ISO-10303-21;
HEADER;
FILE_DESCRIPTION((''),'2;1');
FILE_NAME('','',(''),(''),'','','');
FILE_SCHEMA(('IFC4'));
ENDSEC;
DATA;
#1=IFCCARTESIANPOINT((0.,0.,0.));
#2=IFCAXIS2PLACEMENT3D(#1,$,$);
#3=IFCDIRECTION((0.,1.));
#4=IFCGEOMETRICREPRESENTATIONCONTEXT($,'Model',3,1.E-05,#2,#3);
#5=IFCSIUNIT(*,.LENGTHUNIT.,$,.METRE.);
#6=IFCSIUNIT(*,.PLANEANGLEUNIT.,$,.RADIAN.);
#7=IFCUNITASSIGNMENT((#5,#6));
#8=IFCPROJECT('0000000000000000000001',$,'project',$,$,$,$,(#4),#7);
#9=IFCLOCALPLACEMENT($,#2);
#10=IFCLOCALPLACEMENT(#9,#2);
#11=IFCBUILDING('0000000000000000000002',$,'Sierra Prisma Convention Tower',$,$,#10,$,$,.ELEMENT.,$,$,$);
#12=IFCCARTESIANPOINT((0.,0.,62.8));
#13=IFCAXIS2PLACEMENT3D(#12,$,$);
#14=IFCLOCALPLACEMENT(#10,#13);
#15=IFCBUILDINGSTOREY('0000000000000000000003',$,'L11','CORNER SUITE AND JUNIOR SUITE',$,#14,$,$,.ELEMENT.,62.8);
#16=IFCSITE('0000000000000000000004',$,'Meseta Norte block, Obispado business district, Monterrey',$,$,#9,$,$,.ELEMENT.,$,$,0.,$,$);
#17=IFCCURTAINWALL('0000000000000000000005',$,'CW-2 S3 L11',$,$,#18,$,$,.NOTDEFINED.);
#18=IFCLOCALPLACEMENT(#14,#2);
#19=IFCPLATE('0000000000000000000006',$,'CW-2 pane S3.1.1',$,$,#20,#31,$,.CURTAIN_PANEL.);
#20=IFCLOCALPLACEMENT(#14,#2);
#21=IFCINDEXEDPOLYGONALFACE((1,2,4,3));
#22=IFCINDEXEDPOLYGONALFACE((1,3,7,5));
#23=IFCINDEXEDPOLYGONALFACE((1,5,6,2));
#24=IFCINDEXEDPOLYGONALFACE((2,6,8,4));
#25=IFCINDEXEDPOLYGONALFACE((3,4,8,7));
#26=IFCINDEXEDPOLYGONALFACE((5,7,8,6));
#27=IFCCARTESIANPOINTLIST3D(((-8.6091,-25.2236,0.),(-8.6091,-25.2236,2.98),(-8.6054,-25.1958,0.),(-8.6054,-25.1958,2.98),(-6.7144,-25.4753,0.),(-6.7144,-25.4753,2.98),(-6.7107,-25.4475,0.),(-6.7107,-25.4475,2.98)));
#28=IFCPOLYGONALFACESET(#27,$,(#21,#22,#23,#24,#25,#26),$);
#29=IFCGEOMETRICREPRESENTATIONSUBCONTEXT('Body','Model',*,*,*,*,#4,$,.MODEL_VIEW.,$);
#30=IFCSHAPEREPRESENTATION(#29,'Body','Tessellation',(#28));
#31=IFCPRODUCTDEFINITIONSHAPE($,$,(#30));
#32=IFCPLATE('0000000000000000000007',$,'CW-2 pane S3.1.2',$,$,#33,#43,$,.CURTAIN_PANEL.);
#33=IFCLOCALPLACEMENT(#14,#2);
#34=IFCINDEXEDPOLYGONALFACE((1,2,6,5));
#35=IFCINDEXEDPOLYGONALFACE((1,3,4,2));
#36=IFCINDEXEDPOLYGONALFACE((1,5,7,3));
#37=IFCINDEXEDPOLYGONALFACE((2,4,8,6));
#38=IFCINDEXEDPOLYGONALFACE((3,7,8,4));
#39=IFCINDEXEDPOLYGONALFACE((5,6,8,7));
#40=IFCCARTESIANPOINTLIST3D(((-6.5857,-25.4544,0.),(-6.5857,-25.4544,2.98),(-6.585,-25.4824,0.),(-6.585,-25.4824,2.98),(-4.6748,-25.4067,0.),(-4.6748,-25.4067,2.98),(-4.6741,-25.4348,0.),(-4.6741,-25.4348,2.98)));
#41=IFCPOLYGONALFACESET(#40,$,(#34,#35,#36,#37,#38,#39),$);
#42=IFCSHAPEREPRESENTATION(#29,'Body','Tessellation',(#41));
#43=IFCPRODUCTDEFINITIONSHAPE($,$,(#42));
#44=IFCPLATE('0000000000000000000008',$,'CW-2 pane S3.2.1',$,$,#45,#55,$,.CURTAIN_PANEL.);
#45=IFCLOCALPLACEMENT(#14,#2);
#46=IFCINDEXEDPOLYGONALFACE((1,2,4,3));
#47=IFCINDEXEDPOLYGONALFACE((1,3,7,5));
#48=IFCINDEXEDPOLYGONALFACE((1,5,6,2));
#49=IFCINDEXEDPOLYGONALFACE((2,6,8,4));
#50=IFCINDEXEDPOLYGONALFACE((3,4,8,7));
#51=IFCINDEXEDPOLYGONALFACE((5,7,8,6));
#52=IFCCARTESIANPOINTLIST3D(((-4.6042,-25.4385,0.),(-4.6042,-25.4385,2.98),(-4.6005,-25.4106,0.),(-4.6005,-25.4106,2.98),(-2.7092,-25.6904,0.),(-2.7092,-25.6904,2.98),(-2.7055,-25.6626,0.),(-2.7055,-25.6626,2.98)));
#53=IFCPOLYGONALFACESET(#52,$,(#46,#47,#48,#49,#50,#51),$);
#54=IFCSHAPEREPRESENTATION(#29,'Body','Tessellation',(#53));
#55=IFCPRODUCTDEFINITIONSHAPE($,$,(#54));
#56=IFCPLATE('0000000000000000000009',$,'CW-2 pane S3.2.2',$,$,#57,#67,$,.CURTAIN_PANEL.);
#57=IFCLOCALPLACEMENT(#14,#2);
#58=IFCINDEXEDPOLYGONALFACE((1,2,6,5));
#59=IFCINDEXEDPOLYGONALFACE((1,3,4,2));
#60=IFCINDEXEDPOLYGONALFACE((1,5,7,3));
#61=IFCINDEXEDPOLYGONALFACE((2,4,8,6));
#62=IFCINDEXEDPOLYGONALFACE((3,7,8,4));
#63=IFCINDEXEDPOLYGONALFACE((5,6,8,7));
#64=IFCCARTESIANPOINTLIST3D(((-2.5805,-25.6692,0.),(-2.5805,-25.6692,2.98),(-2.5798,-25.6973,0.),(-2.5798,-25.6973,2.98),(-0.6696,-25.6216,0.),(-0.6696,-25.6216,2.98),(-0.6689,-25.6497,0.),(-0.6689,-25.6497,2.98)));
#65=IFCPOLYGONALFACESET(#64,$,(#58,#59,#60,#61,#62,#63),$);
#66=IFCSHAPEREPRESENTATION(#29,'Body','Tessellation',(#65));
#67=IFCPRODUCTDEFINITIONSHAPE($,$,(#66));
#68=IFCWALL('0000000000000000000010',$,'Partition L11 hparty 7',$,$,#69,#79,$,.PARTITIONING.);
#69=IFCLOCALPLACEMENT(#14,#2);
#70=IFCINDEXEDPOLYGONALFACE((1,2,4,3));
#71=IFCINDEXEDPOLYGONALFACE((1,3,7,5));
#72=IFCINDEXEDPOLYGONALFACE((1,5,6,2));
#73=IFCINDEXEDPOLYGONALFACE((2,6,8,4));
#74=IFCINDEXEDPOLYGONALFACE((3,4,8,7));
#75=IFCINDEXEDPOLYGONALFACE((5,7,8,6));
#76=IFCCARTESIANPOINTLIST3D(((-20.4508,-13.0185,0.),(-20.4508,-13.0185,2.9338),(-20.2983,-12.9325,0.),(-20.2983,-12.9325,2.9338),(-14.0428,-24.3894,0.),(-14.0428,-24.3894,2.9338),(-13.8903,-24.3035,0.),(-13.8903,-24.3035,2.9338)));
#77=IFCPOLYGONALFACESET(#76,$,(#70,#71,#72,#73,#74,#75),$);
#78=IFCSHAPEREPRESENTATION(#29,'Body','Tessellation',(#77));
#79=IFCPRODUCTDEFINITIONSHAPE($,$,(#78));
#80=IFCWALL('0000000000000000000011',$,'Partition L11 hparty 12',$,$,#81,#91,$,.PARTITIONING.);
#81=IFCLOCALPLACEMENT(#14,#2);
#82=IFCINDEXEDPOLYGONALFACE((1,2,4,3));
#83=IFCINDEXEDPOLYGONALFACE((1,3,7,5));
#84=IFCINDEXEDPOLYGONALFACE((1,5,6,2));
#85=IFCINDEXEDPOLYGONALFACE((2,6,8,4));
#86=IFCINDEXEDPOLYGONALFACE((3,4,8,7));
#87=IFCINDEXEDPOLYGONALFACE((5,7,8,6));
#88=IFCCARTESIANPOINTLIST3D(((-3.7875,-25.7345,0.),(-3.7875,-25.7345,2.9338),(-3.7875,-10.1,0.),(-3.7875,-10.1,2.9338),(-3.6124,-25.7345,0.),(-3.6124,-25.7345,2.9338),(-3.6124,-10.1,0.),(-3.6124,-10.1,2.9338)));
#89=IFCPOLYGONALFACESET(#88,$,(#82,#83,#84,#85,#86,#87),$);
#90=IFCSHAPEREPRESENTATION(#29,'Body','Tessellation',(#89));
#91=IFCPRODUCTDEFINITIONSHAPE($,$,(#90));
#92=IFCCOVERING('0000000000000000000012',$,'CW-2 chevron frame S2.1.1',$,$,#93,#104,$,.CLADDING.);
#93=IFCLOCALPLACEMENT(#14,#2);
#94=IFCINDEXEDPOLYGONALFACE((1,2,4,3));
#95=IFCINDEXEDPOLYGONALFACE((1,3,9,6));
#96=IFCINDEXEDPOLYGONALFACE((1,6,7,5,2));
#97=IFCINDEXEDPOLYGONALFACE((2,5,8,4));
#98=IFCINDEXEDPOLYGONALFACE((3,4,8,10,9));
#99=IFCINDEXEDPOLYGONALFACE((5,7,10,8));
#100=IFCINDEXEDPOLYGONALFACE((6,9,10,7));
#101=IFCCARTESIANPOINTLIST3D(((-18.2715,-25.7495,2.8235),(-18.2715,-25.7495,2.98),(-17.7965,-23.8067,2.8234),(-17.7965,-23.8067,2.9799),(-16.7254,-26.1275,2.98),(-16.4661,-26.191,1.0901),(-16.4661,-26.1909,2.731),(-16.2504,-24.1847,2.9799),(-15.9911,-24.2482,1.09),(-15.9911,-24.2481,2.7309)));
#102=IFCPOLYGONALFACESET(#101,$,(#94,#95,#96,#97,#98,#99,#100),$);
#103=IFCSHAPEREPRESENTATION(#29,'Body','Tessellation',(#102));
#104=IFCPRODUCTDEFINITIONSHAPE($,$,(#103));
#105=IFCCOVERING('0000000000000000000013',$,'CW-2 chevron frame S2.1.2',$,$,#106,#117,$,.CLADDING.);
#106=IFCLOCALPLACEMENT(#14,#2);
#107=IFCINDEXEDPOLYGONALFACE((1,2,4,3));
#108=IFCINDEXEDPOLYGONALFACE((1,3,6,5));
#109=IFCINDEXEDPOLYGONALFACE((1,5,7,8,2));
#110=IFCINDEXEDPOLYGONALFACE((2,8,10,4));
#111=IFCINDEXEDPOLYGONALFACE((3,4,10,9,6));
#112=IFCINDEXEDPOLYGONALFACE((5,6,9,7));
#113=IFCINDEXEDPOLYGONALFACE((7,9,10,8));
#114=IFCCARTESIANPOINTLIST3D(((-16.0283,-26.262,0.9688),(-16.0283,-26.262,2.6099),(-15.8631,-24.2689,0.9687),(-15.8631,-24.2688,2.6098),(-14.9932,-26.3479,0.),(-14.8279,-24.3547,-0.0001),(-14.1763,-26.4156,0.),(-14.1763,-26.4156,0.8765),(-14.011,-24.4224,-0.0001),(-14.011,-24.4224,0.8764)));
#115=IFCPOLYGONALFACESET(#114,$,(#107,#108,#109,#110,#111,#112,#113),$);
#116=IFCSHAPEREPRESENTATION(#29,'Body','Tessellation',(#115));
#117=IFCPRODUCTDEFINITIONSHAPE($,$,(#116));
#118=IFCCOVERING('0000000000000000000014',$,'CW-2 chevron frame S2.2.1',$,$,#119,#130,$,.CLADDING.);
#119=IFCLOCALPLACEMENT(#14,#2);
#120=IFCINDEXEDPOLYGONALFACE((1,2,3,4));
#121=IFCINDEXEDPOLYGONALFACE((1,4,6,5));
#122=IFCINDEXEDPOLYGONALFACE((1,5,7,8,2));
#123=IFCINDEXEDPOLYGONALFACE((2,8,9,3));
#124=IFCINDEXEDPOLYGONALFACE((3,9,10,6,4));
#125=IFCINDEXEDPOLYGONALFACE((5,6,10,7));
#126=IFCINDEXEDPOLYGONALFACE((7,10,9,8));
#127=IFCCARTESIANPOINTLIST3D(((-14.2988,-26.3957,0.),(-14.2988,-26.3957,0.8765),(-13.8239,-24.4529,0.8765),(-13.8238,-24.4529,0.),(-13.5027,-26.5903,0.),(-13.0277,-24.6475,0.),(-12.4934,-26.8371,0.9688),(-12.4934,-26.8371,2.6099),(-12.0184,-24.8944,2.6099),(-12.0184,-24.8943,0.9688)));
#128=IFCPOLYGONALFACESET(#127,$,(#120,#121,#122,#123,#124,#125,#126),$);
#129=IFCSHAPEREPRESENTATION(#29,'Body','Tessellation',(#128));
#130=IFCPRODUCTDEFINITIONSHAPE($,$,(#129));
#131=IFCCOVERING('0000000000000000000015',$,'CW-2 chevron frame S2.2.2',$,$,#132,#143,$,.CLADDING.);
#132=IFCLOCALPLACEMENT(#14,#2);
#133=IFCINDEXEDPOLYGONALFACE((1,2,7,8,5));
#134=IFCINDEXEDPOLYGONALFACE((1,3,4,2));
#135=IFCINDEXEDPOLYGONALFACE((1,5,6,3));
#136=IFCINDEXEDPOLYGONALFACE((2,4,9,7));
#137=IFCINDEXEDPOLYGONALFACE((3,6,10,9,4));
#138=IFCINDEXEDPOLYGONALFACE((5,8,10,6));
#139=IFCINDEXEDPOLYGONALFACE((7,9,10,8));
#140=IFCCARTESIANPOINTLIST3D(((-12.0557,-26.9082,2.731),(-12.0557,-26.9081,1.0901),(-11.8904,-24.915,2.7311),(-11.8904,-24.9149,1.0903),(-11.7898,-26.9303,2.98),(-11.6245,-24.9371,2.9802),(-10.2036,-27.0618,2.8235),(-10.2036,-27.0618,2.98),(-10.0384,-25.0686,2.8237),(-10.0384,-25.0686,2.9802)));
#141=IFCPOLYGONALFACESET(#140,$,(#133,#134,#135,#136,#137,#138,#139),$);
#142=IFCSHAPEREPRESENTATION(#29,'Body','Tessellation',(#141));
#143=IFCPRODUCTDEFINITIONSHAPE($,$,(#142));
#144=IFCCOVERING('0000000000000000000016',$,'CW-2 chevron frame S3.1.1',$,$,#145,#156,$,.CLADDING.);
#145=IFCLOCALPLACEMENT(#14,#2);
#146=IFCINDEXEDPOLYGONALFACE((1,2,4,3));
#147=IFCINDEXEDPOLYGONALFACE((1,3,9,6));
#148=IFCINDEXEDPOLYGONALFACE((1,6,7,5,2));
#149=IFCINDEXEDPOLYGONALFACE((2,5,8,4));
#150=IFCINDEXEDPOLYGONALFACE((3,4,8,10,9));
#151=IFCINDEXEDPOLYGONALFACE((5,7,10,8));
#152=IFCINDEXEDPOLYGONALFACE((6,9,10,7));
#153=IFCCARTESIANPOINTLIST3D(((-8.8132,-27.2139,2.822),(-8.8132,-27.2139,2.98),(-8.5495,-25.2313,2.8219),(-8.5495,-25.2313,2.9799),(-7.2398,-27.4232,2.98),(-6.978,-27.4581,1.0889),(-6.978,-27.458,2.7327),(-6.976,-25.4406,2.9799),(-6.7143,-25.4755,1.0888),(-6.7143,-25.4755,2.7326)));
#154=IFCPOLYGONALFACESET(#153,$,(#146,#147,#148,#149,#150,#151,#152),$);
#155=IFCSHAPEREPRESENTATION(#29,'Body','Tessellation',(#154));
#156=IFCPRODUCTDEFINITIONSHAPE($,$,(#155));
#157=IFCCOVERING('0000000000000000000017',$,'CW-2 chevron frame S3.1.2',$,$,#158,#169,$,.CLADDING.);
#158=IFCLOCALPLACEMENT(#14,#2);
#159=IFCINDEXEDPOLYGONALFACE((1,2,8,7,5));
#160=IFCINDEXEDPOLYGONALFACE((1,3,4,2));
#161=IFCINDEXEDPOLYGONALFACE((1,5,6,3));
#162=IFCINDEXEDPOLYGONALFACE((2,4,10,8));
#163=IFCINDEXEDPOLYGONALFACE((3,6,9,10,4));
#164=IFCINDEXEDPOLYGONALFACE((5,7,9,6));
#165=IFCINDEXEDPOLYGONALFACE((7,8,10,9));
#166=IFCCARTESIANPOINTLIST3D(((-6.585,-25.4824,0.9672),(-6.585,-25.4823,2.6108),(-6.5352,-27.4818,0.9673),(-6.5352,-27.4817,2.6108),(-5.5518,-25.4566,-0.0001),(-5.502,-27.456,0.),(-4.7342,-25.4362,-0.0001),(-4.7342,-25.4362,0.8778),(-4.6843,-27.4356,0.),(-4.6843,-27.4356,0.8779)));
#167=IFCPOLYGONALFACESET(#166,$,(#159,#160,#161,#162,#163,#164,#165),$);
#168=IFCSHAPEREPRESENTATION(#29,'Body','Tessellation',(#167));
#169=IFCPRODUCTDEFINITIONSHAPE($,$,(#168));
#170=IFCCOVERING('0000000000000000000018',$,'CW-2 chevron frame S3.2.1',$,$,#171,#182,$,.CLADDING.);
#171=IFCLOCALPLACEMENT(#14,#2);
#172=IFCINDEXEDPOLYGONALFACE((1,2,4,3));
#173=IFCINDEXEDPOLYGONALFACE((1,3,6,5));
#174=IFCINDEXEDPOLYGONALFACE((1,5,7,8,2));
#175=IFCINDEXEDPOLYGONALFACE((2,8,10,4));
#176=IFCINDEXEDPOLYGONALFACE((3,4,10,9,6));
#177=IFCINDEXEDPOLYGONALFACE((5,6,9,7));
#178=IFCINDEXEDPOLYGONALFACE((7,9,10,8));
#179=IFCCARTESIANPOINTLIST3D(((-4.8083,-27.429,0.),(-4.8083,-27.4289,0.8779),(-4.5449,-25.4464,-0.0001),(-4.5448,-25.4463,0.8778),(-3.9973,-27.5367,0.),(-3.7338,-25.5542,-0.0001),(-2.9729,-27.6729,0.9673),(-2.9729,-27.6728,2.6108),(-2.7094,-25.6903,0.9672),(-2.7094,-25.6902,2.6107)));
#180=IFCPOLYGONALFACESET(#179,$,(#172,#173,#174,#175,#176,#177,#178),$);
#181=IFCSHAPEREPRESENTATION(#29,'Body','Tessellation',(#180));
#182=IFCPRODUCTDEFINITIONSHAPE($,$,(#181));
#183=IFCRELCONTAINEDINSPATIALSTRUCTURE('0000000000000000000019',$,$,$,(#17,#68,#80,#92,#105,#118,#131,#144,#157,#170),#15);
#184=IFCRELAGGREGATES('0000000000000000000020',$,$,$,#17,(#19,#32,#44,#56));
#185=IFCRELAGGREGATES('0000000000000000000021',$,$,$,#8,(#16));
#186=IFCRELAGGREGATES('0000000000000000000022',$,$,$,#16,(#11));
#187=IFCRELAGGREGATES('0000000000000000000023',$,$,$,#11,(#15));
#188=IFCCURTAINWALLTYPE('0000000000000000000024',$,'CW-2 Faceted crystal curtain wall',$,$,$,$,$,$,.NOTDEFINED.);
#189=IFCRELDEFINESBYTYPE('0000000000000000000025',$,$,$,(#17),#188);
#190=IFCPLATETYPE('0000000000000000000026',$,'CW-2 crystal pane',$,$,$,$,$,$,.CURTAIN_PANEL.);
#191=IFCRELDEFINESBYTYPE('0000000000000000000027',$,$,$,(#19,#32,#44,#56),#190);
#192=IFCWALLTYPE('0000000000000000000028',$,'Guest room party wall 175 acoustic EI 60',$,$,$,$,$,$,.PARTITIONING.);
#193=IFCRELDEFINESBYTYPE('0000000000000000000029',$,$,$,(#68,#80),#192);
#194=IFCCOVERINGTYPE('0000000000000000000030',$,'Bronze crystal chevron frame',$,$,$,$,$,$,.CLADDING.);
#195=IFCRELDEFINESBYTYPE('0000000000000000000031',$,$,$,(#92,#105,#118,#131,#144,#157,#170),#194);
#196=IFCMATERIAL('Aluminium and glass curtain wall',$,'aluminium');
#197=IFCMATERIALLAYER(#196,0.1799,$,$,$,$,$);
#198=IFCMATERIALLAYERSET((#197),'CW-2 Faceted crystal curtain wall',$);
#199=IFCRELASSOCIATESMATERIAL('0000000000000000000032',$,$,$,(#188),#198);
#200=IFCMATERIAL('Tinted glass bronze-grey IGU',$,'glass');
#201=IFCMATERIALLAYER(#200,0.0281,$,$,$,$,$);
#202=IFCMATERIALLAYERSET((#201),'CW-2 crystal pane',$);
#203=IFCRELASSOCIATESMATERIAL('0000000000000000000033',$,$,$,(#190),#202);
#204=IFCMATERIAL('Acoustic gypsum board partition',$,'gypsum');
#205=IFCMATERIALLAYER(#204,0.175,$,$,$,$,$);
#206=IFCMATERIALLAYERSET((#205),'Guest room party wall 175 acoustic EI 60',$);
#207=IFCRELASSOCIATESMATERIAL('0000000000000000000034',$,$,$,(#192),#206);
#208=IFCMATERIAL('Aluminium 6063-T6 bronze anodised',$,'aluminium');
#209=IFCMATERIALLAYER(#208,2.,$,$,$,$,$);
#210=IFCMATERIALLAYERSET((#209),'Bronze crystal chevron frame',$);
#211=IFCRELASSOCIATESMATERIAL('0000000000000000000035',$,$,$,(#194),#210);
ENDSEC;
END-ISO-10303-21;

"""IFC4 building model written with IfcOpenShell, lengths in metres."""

from ifc_helpers import new_model, si_unit, direction, frame, frame_2d, origin, place, context, subcontext, project, spatial, polyline, rectangle, outline, extrude, material, layer, layer_set, type_object, element, aggregate, save


model = new_model("IFC4")

# Units and contexts
model_context = context("Model", 3, precision=1e-05, world=origin(), true_north=direction((0.0, 1.0)))
body_context = subcontext(model_context, "Body", "Model", "MODEL_VIEW")
ifc_project = project(units=[si_unit("LENGTHUNIT", "METRE"), si_unit("PLANEANGLEUNIT", "RADIAN")], contexts=[model_context])

# Site, building, storey
site_placement = place(None, origin())
site = spatial("IfcSite", under=ifc_project, at=site_placement, Name="Meseta Norte block, Obispado business district, Monterrey", CompositionType="ELEMENT", RefElevation=0.0)
building_placement = place(site_placement, origin())
building = spatial("IfcBuilding", under=site, at=building_placement, Name="Sierra Prisma Convention Tower", CompositionType="ELEMENT")
storey_placement = place(building_placement, frame((0.0, 0.0, 62.8)))
storey = spatial("IfcBuildingStorey", under=building, at=storey_placement, Name="L11", Description="CORNER SUITE AND JUNIOR SUITE", CompositionType="ELEMENT", Elevation=62.8)

# Curtain wall
ifc_material_1 = material(Name="Aluminium and glass curtain wall", Category="aluminium")
ifc_layer_1 = layer(ifc_material_1, 0.1799)
ifc_layer_set_1 = layer_set([ifc_layer_1], Name="CW-2 Faceted crystal curtain wall")
curtain_wall_type = type_object("IfcCurtainWallType", Name="CW-2 Faceted crystal curtain wall", PredefinedType="NOTDEFINED", material=ifc_layer_set_1)
curtain_wall_1_placement = place(storey_placement, origin())
curtain_wall_1 = element("IfcCurtainWall", 1, at=curtain_wall_1_placement, inside=storey, type_object=curtain_wall_type, Name="CW-2 S3 L11", PredefinedType="NOTDEFINED")

# Plates
ifc_material_2 = material(Name="Tinted glass bronze-grey IGU", Category="glass")
ifc_layer_2 = layer(ifc_material_2, 0.0281)
ifc_layer_set_2 = layer_set([ifc_layer_2], Name="CW-2 crystal pane")
plate_type = type_object("IfcPlateType", Name="CW-2 crystal pane", PredefinedType="CURTAIN_PANEL", material=ifc_layer_set_2)
plate_1_placement = place(storey_placement, frame((-8.6091, -25.2236, 0.0), z_axis=(-0.131687, -0.991291, 0.0), x_axis=(0.991291, -0.131687, 0.0)))
plate_1 = element("IfcPlate", 2, at=plate_1_placement, type_object=plate_type, Name="CW-2 pane S3.1.1", PredefinedType="CURTAIN_PANEL", context=body_context, shape_type="SweptSolid", body=[
    extrude(outline(polyline([(0.0, 0.0), (1.9114, 0.0), (1.9114, 2.98), (0.0, 2.98), (0.0, 0.0)])), origin(), (0.0, 0.0, -1.0), 0.0281),
])
plate_2_placement = place(storey_placement, frame((-4.6741, -25.4348, 0.0), z_axis=(0.024906, -0.99969, 0.0), x_axis=(-0.99969, -0.024906, 0.0)))
plate_2 = element("IfcPlate", 3, at=plate_2_placement, type_object=plate_type, Name="CW-2 pane S3.1.2", PredefinedType="CURTAIN_PANEL", context=body_context, shape_type="SweptSolid", body=[
    extrude(outline(polyline([(0.0, 0.0), (1.9115, 0.0), (1.9115, -2.98), (0.0, -2.98), (0.0, 0.0)])), origin(), (0.0, 0.0, -1.0), 0.0281),
])
plate_3_placement = place(storey_placement, frame((-4.6042, -25.4385, 0.0), z_axis=(-0.131796, -0.991277, 0.0), x_axis=(0.991277, -0.131796, 0.0)))
plate_3 = element("IfcPlate", 4, at=plate_3_placement, type_object=plate_type, Name="CW-2 pane S3.2.1", PredefinedType="CURTAIN_PANEL", context=body_context, shape_type="SweptSolid", body=[
    extrude(outline(polyline([(0.0, 0.0), (1.9117, 0.0), (1.9117, 2.98), (0.0, 2.98), (0.0, 0.0)])), origin(), (0.0, 0.0, -1.0), 0.0281),
])
plate_4_placement = place(storey_placement, frame((-0.6689, -25.6497, 0.0), z_axis=(0.024906, -0.99969, 0.0), x_axis=(-0.99969, -0.024906, 0.0)))
plate_4 = element("IfcPlate", 5, at=plate_4_placement, type_object=plate_type, Name="CW-2 pane S3.2.2", PredefinedType="CURTAIN_PANEL", context=body_context, shape_type="SweptSolid", body=[
    extrude(outline(polyline([(0.0, 0.0), (1.9115, 0.0), (1.9115, -2.98), (0.0, -2.98), (0.0, 0.0)])), origin(), (0.0, 0.0, -1.0), 0.0281),
])
aggregate(curtain_wall_1, [plate_1, plate_2, plate_3, plate_4])

# Walls
ifc_material_3 = material(Name="Acoustic gypsum board partition", Category="gypsum")
ifc_layer_3 = layer(ifc_material_3, 0.175)
ifc_layer_set_3 = layer_set([ifc_layer_3], Name="Guest room party wall 175 acoustic EI 60")
wall_type = type_object("IfcWallType", Name="Guest room party wall 175 acoustic EI 60", PredefinedType="PARTITIONING", material=ifc_layer_set_3)
wall_1_placement = place(storey_placement, frame((-13.9666, -24.3464, 0.0), z_axis=(0.0, 0.0, 1.0), x_axis=(-0.490951, 0.871187, 0.0)))
element("IfcWall", 6, at=wall_1_placement, inside=storey, type_object=wall_type, Name="Partition L11 hparty 7", PredefinedType="PARTITIONING", context=body_context, shape_type="SweptSolid", body=[
    extrude(rectangle(XDim=13.0522, YDim=0.175, at=frame_2d((6.5261, 0.0))), origin(), (0.0, 0.0, 1.0), 2.9338),
])
wall_2_placement = place(storey_placement, frame((-3.7, -25.7346, 0.0), z_axis=(0.0, 0.0, 1.0), x_axis=(0.0, 1.0, 0.0)))
element("IfcWall", 7, at=wall_2_placement, inside=storey, type_object=wall_type, Name="Partition L11 hparty 12", PredefinedType="PARTITIONING", context=body_context, shape_type="SweptSolid", body=[
    extrude(rectangle(XDim=15.6345, YDim=0.175, at=frame_2d((7.8174, 0.0))), origin(), (0.0, 0.0, 1.0), 2.9338),
])

# Coverings
ifc_material_4 = material(Name="Aluminium 6063-T6 bronze anodised", Category="aluminium")
ifc_layer_4 = layer(ifc_material_4, 2.0)
ifc_layer_set_4 = layer_set([ifc_layer_4], Name="Bronze crystal chevron frame")
covering_type = type_object("IfcCoveringType", Name="Bronze crystal chevron frame", PredefinedType="CLADDING", material=ifc_layer_set_4)
covering_1_placement = place(storey_placement, frame((-18.2715, -25.7495, 2.98), z_axis=(-0.237489, -0.97139, 0.000042), x_axis=(-0.00001, -0.00004, -1.0)))
element("IfcCovering", 8, at=covering_1_placement, inside=storey, type_object=covering_type, Name="CW-2 chevron frame S2.1.1", PredefinedType="CLADDING", context=body_context, shape_type="SweptSolid", body=[
    extrude(outline(polyline([(0.0, 0.0), (0.1565, 0.0), (1.8899, 1.8586), (0.249, 1.8586), (0.0, 1.5917), (0.0, 0.0)])), origin(), (0.0, 0.0, -1.0), 2.0),
])
covering_2_placement = place(storey_placement, frame((-16.0283, -26.262, 2.6099), z_axis=(-0.082614, -0.996582, 0.000036), x_axis=(-0.000003, -0.000036, -1.0)))
element("IfcCovering", 9, at=covering_2_placement, inside=storey, type_object=covering_type, Name="CW-2 chevron frame S2.1.2", PredefinedType="CLADDING", context=body_context, shape_type="SweptSolid", body=[
    extrude(outline(polyline([(0.0, 0.0), (1.6411, 0.0), (2.6099, 1.0387), (2.6099, 1.8584), (1.7334, 1.8584), (0.0, 0.0)])), origin(), (0.0, 0.0, -1.0), 2.0),
])
covering_3_placement = place(storey_placement, frame((-13.5027, -26.5903, 0.0), z_axis=(-0.237483, -0.971392, -0.000023), x_axis=(0.710479, -0.173712, 0.681941)))
element("IfcCovering", 10, at=covering_3_placement, inside=storey, type_object=covering_type, Name="CW-2 chevron frame S2.2.1", PredefinedType="CLADDING", context=body_context, shape_type="SweptSolid", body=[
    extrude(outline(polyline([(0.0, 0.0), (1.4206, 0.0), (2.5397, 1.2003), (-0.0017, 1.2), (-0.5994, 0.5589), (0.0, 0.0)])), origin(), (0.0, 0.0, -1.0), 2.0),
])
covering_4_placement = place(storey_placement, frame((-10.2036, -27.0618, 2.98), z_axis=(-0.082621, -0.996581, -0.000085), x_axis=(-0.996581, 0.082621, 0.0)))
element("IfcCovering", 11, at=covering_4_placement, inside=storey, type_object=covering_type, Name="CW-2 chevron frame S2.2.2", PredefinedType="CLADDING", context=body_context, shape_type="SweptSolid", body=[
    extrude(outline(polyline([(0.0, 0.0), (1.5916, 0.0), (1.8584, 0.249), (1.8584, 1.8899), (0.0, 0.1565), (0.0, 0.0)])), origin(), (0.0, 0.0, -1.0), 2.0),
])
covering_5_placement = place(storey_placement, frame((-8.8132, -27.2139, 2.98), z_axis=(-0.131864, -0.991268, 0.000047), x_axis=(-0.000006, -0.000046, -1.0)))
element("IfcCovering", 12, at=covering_5_placement, inside=storey, type_object=covering_type, Name="CW-2 chevron frame S3.1.1", PredefinedType="CLADDING", context=body_context, shape_type="SweptSolid", body=[
    extrude(outline(polyline([(0.0, 0.0), (0.158, 0.0), (1.8911, 1.8514), (0.2473, 1.8514), (0.0, 1.5873), (0.0, 0.0)])), origin(), (0.0, 0.0, -1.0), 2.0),
])
covering_6_placement = place(storey_placement, frame((-6.5352, -27.4817, 2.6108), z_axis=(0.024945, -0.999689, 0.000042), x_axis=(0.000001, -0.000042, -1.0)))
element("IfcCovering", 13, at=covering_6_placement, inside=storey, type_object=covering_type, Name="CW-2 chevron frame S3.1.2", PredefinedType="CLADDING", context=body_context, shape_type="SweptSolid", body=[
    extrude(outline(polyline([(0.0, 0.0), (1.6436, 0.0), (2.6108, 1.0335), (2.6108, 1.8514), (1.7329, 1.8514), (0.0, 0.0)])), origin(), (0.0, 0.0, -1.0), 2.0),
])
covering_7_placement = place(storey_placement, frame((-4.8083, -27.429, 0.0), z_axis=(-0.131747, -0.991283, 0.000047), x_axis=(0.991283, -0.131747, 0.0)))
element("IfcCovering", 14, at=covering_7_placement, inside=storey, type_object=covering_type, Name="CW-2 chevron frame S3.2.1", PredefinedType="CLADDING", context=body_context, shape_type="SweptSolid", body=[
    extrude(outline(polyline([(0.0, 0.0), (0.8182, 0.0), (1.8516, 0.9673), (1.8516, 2.6108), (0.0, 0.8779), (0.0, 0.0)])), origin(), (0.0, 0.0, -1.0), 2.0),
])

save(model, "model.ifc")
